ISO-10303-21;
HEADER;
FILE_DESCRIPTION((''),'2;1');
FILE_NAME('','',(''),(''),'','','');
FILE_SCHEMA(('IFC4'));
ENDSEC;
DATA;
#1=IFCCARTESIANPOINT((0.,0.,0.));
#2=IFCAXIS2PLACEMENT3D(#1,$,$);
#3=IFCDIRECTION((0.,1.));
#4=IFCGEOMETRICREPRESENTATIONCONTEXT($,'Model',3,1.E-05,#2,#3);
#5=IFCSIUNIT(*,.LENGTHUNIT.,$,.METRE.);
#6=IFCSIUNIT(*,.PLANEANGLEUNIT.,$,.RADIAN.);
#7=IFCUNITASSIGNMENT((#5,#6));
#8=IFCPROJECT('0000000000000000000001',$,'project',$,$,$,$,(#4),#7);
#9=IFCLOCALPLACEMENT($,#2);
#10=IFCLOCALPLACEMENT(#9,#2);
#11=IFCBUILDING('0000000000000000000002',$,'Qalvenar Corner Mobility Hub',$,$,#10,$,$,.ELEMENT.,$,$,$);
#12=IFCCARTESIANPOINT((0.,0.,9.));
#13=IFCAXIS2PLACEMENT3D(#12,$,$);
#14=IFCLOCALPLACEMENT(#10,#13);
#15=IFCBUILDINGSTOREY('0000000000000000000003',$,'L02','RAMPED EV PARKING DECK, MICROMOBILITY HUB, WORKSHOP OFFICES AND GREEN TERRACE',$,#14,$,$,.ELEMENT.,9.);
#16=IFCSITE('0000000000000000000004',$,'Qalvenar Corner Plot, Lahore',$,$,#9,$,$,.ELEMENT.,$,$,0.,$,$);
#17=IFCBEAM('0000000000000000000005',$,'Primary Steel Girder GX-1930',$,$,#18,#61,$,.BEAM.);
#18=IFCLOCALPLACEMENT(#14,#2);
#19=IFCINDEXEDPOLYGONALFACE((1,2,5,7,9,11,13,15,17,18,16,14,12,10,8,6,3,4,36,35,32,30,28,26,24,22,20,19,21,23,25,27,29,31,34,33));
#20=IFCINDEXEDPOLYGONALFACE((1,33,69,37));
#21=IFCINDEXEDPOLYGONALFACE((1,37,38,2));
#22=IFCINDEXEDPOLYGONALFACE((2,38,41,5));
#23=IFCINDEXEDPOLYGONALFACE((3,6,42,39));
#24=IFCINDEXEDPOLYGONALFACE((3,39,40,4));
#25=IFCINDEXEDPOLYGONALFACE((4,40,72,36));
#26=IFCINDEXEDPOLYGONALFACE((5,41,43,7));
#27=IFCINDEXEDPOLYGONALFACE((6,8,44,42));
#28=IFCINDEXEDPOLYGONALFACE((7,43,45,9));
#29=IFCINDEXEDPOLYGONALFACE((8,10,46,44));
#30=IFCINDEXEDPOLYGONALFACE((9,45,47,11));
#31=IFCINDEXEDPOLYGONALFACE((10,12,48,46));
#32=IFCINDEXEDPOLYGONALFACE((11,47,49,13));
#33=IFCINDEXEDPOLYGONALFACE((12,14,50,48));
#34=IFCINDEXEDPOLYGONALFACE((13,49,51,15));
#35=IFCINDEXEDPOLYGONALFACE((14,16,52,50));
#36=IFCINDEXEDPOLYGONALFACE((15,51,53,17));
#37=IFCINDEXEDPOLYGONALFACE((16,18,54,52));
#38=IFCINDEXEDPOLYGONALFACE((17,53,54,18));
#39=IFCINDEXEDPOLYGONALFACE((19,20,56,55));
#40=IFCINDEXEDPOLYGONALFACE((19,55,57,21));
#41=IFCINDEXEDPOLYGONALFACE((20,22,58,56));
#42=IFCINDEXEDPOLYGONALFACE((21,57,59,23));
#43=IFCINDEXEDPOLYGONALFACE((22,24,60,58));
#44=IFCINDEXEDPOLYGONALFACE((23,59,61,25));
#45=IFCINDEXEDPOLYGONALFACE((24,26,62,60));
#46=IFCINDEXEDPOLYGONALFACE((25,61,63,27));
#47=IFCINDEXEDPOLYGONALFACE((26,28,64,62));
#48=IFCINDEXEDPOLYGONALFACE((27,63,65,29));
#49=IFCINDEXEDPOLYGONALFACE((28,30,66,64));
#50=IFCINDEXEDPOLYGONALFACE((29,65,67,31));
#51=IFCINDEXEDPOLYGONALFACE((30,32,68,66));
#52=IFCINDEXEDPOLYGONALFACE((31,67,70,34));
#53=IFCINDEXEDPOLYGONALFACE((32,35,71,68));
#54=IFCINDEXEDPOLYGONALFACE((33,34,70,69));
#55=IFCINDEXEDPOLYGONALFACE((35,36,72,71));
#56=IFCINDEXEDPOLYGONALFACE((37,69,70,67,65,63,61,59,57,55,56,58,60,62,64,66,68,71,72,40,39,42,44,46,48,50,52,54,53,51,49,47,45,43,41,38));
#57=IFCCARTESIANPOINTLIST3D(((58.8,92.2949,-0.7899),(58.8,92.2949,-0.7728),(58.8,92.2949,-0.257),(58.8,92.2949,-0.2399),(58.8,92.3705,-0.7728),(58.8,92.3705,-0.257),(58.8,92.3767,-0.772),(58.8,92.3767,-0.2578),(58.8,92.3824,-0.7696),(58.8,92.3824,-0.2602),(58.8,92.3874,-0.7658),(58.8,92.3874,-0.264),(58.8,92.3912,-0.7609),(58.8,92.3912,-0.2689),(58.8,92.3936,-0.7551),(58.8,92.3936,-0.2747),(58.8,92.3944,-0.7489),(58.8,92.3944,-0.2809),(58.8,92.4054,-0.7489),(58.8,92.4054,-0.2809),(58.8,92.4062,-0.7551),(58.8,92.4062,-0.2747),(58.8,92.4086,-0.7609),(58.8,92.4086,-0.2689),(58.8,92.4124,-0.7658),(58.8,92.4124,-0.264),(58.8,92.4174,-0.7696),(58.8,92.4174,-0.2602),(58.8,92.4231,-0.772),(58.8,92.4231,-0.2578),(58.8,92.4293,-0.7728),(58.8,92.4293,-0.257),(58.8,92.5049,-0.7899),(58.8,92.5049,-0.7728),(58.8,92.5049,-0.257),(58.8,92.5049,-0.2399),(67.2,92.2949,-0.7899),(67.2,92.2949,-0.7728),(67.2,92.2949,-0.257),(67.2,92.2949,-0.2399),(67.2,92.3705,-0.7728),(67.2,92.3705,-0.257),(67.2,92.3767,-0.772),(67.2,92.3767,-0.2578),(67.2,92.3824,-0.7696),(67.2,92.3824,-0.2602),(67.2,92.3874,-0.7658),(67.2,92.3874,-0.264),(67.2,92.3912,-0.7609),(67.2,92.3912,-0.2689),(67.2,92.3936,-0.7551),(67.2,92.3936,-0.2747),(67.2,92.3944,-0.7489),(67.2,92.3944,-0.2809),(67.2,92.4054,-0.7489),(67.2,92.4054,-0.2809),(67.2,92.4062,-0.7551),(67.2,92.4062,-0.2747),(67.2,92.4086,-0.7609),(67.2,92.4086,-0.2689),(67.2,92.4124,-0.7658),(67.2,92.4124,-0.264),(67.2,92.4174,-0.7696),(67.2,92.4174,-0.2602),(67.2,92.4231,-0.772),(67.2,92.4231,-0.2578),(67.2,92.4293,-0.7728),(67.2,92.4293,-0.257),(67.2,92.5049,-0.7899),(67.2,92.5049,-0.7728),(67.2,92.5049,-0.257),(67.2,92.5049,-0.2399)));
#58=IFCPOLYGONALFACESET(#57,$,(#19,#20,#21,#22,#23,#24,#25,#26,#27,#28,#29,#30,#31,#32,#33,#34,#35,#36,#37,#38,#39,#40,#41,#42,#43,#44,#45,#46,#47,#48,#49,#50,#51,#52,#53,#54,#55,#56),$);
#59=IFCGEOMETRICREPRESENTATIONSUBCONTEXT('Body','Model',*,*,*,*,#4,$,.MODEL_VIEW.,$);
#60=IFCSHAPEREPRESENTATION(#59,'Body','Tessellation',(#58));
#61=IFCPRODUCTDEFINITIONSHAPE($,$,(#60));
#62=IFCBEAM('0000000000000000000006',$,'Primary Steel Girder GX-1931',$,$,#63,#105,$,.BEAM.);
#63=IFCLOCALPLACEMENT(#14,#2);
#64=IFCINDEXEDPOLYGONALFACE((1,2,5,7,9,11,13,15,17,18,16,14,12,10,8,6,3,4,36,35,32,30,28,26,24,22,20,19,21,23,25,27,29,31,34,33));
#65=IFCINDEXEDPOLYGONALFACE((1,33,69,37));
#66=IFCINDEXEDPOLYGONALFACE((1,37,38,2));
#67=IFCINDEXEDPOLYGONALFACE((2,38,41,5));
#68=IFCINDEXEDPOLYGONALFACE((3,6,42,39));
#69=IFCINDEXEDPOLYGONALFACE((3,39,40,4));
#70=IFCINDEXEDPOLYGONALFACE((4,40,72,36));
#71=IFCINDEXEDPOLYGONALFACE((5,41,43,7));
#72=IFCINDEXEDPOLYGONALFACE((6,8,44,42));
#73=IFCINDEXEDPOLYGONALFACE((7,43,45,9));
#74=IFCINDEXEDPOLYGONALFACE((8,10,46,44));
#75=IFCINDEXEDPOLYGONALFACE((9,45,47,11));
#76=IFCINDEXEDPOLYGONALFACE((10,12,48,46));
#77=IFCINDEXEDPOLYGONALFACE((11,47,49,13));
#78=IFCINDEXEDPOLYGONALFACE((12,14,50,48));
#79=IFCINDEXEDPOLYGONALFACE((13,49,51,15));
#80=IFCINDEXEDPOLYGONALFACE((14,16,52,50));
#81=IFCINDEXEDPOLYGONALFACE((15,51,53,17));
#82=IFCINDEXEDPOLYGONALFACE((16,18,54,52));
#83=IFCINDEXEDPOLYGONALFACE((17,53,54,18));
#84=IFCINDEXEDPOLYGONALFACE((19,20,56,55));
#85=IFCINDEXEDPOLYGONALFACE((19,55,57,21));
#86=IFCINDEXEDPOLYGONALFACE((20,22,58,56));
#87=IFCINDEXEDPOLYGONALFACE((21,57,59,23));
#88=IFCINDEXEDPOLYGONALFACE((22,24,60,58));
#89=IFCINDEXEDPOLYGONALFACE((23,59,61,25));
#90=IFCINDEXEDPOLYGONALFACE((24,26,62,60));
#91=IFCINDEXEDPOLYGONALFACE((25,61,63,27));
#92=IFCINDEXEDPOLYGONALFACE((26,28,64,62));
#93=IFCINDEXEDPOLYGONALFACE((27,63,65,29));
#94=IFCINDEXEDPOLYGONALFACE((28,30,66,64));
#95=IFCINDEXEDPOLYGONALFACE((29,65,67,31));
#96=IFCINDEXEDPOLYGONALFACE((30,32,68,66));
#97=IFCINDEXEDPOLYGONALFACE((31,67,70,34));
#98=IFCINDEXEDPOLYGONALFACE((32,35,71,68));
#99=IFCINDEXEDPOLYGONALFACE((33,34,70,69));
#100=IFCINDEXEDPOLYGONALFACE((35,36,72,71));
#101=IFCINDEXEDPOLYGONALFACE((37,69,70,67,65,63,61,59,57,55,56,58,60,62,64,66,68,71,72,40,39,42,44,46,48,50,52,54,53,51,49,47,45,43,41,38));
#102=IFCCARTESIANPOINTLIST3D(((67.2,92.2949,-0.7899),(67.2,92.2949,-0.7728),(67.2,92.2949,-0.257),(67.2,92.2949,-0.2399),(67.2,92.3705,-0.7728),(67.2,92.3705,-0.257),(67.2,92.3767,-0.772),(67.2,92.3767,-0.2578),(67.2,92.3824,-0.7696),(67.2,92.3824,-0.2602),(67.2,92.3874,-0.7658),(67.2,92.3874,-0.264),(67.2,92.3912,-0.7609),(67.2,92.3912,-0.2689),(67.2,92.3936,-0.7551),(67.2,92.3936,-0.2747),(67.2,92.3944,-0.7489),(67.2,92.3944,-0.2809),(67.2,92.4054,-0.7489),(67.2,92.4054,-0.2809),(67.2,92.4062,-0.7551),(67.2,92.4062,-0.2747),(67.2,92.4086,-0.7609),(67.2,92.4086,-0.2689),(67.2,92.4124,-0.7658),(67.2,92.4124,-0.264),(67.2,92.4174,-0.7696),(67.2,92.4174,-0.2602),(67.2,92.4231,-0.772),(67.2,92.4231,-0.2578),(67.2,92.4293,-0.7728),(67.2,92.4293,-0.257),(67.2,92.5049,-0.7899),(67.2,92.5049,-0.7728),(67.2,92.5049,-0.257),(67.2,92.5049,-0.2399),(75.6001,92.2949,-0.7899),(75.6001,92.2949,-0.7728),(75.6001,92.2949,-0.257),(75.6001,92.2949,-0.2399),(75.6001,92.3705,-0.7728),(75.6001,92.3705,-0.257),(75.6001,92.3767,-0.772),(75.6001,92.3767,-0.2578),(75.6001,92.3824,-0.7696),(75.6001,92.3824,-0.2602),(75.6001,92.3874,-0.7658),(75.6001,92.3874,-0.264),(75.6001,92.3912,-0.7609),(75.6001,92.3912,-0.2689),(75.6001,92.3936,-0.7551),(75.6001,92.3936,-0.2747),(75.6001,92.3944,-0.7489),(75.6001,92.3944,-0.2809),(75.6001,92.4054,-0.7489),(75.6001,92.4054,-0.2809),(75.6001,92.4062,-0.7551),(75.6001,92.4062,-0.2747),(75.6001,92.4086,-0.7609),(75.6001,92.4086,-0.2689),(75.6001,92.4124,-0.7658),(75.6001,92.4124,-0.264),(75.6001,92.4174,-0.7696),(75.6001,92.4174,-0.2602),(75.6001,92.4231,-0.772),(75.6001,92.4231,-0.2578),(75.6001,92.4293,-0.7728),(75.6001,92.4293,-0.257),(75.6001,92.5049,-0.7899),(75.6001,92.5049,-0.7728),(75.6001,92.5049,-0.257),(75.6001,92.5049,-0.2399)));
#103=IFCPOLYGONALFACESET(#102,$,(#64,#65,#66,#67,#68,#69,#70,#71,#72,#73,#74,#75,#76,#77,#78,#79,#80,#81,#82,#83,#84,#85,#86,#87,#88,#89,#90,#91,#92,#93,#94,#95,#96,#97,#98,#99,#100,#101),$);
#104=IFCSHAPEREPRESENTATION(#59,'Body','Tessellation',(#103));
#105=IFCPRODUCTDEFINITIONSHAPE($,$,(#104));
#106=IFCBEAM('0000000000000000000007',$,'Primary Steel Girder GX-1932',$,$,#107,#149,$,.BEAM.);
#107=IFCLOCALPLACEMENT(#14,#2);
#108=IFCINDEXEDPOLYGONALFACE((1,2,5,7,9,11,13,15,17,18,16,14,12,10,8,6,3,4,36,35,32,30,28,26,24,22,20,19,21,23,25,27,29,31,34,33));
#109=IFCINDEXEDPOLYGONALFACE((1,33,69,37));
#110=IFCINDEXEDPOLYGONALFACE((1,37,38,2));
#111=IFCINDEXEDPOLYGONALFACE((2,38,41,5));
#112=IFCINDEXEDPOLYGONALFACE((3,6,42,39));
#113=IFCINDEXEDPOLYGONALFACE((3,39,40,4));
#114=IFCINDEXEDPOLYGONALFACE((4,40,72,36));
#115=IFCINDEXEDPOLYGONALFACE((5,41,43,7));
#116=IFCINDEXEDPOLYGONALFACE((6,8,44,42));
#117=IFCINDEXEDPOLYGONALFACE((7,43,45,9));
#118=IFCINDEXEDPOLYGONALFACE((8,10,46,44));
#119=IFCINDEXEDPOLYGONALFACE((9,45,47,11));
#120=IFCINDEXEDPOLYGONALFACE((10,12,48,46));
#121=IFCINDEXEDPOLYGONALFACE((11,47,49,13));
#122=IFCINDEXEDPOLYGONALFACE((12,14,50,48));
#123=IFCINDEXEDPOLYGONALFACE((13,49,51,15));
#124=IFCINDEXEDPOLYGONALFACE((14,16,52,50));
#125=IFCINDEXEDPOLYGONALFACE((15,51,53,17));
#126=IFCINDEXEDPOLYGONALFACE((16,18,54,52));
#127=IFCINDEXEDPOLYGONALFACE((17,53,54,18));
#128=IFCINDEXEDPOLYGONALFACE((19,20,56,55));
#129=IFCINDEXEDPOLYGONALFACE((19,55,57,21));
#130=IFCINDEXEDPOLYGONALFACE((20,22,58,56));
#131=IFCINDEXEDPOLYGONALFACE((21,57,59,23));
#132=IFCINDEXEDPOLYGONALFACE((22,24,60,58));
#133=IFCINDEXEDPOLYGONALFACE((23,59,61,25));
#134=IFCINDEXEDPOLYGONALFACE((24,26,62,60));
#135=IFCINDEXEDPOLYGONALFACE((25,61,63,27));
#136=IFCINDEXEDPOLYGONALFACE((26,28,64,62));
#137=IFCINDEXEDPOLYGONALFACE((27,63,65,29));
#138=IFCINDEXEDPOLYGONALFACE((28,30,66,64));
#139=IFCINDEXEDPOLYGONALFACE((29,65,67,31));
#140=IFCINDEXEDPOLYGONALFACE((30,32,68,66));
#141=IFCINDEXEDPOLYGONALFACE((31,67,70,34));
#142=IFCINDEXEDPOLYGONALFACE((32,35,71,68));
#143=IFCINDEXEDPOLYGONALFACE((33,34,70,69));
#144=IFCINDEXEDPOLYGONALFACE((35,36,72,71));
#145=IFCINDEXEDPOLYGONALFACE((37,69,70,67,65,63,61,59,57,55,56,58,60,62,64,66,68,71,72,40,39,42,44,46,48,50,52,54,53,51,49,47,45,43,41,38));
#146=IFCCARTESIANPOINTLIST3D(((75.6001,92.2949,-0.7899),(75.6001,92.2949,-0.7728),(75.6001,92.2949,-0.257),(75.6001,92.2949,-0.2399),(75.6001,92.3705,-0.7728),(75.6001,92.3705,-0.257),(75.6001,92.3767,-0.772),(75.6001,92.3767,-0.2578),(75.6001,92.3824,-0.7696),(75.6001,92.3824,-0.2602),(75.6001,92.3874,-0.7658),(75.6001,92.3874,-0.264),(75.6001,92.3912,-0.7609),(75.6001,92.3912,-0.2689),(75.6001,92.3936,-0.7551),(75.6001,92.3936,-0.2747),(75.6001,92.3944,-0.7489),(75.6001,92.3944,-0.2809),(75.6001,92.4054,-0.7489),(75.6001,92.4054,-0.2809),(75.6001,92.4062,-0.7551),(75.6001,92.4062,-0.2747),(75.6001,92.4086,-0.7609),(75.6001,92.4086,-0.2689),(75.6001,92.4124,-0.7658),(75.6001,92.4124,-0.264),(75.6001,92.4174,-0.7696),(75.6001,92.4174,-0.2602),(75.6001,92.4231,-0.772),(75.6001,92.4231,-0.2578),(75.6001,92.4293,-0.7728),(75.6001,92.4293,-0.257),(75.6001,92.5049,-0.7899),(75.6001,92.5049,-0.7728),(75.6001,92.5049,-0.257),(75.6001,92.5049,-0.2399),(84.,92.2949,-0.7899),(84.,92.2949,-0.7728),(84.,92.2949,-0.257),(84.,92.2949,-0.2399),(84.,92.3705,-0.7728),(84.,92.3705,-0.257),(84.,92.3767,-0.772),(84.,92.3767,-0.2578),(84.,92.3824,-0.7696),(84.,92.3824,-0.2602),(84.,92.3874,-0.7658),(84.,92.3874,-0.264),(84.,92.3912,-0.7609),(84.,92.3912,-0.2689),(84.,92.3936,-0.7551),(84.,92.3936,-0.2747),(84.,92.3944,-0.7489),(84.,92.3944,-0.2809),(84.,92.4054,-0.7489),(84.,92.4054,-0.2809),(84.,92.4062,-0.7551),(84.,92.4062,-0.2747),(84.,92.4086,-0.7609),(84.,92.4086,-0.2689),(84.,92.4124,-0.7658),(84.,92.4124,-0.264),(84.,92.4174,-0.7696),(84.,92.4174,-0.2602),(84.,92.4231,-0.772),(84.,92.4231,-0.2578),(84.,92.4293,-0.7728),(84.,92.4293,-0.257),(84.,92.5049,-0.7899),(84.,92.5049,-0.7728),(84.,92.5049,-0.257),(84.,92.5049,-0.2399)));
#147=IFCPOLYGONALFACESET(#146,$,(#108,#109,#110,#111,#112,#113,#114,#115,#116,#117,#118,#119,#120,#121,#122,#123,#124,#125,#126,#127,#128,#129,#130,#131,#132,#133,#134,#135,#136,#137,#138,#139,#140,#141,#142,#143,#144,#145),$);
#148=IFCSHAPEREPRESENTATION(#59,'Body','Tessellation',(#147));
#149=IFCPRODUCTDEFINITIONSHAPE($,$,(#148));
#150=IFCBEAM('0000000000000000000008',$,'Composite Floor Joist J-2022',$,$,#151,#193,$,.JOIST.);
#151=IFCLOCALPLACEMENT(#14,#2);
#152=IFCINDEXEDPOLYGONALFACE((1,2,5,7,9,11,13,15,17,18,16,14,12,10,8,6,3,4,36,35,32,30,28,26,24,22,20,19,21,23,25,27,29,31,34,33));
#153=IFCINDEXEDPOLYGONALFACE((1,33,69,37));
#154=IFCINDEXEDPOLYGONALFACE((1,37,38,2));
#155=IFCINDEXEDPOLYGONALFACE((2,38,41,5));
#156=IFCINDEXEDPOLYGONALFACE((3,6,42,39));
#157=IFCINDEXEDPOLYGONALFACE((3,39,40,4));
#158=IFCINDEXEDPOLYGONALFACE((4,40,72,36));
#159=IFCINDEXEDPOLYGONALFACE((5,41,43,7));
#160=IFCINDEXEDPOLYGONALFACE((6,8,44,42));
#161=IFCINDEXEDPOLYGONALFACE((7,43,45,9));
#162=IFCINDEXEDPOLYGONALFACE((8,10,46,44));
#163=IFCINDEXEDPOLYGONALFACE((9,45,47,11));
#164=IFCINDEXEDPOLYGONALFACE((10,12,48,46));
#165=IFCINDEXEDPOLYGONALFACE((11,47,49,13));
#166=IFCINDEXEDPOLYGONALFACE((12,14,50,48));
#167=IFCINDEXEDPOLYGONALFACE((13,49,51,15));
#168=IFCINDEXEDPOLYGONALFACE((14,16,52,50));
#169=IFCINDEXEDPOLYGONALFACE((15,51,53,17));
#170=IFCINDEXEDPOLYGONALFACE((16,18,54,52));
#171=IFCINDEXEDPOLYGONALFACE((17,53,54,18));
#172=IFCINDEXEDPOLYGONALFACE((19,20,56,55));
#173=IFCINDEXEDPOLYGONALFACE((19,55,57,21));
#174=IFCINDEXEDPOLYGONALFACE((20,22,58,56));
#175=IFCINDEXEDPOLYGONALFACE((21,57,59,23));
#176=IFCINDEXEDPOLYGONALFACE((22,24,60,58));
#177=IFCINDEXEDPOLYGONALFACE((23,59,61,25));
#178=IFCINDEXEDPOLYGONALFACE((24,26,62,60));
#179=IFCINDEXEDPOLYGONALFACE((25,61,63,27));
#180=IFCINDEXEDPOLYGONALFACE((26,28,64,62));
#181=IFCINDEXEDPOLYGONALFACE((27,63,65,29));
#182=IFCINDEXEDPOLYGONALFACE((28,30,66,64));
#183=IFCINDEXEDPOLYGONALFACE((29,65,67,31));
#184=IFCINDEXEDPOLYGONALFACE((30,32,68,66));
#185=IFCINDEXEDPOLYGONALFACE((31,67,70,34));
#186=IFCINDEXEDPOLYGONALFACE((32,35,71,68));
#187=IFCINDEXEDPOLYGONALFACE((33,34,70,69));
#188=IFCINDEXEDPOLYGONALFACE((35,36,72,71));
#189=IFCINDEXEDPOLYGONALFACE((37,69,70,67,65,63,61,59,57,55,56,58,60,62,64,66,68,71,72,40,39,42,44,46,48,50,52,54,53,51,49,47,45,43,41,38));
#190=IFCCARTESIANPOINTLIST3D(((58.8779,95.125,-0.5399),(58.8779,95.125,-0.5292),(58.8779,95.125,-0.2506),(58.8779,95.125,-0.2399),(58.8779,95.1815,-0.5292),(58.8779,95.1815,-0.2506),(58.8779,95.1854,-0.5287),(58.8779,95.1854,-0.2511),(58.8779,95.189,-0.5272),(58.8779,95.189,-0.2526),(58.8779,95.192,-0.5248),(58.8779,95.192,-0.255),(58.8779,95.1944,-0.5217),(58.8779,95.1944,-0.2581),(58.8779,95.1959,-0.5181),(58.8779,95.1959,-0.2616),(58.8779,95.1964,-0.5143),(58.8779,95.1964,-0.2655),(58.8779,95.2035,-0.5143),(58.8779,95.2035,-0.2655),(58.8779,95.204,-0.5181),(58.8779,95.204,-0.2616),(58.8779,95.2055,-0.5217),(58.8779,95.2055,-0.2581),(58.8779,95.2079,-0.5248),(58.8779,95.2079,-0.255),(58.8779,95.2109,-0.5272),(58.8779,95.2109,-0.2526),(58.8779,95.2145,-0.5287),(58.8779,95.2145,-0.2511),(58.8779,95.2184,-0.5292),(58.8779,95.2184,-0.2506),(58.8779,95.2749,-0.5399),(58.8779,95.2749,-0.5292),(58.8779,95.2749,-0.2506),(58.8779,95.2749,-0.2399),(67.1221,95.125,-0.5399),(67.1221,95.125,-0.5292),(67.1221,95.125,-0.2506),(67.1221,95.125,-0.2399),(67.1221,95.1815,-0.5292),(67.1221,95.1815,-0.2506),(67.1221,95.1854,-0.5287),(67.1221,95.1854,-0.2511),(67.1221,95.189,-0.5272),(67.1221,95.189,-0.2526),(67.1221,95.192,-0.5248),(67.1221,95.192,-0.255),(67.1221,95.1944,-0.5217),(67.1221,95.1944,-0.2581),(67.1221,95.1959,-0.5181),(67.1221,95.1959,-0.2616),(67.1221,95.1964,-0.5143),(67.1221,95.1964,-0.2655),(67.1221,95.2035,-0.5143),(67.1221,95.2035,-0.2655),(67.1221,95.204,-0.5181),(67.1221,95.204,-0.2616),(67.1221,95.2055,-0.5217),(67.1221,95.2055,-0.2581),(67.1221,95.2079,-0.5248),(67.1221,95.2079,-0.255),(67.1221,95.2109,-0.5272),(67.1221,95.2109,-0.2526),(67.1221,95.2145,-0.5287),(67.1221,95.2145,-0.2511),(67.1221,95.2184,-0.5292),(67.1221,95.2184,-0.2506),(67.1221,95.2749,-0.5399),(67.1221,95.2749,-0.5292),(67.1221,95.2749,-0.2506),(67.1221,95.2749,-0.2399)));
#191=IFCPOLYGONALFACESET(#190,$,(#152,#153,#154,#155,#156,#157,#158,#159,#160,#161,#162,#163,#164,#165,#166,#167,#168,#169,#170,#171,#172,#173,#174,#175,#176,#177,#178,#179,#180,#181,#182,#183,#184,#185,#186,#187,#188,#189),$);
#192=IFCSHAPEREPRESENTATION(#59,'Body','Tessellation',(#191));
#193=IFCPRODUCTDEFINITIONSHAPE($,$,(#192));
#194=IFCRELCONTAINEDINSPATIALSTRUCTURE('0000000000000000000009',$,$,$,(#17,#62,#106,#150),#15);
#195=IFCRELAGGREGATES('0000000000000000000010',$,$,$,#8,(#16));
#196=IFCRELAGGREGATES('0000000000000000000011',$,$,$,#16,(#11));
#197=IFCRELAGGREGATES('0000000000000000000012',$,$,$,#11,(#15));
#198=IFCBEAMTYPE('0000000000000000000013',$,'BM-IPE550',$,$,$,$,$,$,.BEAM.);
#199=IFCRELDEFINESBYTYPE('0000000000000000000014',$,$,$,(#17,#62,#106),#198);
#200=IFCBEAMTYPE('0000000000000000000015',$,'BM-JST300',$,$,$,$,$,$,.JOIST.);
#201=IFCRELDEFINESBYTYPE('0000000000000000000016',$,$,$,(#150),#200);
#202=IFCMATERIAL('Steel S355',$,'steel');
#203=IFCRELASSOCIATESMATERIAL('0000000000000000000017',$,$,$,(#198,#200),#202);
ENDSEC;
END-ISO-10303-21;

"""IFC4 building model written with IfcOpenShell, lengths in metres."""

from ifc_helpers import new_model, si_unit, direction, frame, origin, origin_2d, place, context, subcontext, project, spatial, i_section, extrude, material, material_profile, profile_set, type_object, element, save


model = new_model("IFC4")

# Units and contexts
model_context = context("Model", 3, precision=1e-05, world=origin(), true_north=direction((0.0, 1.0)))
body_context = subcontext(model_context, "Body", "Model", "MODEL_VIEW")
ifc_project = project(units=[si_unit("LENGTHUNIT", "METRE"), si_unit("PLANEANGLEUNIT", "RADIAN")], contexts=[model_context])

# Site, building, storey
site_placement = place(None, origin())
site = spatial("IfcSite", under=ifc_project, at=site_placement, Name="Qalvenar Corner Plot, Lahore", CompositionType="ELEMENT", RefElevation=0.0)
building_placement = place(site_placement, origin())
building = spatial("IfcBuilding", under=site, at=building_placement, Name="Qalvenar Corner Mobility Hub", CompositionType="ELEMENT")
storey_placement = place(building_placement, frame((0.0, 0.0, 9.0)))
storey = spatial("IfcBuildingStorey", under=building, at=storey_placement, Name="L02", Description="RAMPED EV PARKING DECK, MICROMOBILITY HUB, WORKSHOP OFFICES AND GREEN TERRACE", CompositionType="ELEMENT", Elevation=9.0)

# Shared definitions
ifc_material_1 = material(Name="Steel S355", Category="steel")

# Beams
ifc_material_profile_1 = material_profile(ifc_material_1, i_section(OverallWidth=0.21, OverallDepth=0.55, WebThickness=0.011, FlangeThickness=0.0171, FilletRadius=0.0239, at=origin_2d()), Name="IPE550")
ifc_profile_set_1 = profile_set([ifc_material_profile_1], Name="Steel S355")
beam_type_1 = type_object("IfcBeamType", Name="BM-IPE550", PredefinedType="BEAM", material=ifc_profile_set_1)
for number, where, z_axis, x_axis, name in (
    (1, (58.8, 92.3999, -0.5149), (1.0, 0.0, 0.0), (0.0, 1.0, 0.0), "Primary Steel Girder GX-1930"),
):
    element("IfcBeam", number, at=place(storey_placement, frame(where, z_axis=z_axis, x_axis=x_axis)), inside=storey, type_object=beam_type_1, Name=name, PredefinedType="BEAM", context=body_context, shape_type="SweptSolid", body=[
        extrude(i_section(OverallWidth=0.21, OverallDepth=0.55, WebThickness=0.011, FlangeThickness=0.0171, FilletRadius=0.0239, at=origin_2d()), origin(), (0.0, 0.0, 1.0), 8.3999),
    ])
beam_1_placement = place(storey_placement, frame((67.2, 92.3999, -0.5149), z_axis=(1.0, 0.0, 0.0), x_axis=(0.0, 1.0, 0.0)))
element("IfcBeam", 2, at=beam_1_placement, inside=storey, type_object=beam_type_1, Name="Primary Steel Girder GX-1931", PredefinedType="BEAM", context=body_context, shape_type="SweptSolid", body=[
    extrude(i_section(OverallWidth=0.21, OverallDepth=0.55, WebThickness=0.011, FlangeThickness=0.0171, FilletRadius=0.0239, at=origin_2d()), origin(), (0.0, 0.0, 1.0), 8.4001),
])
beam_2_placement = place(storey_placement, frame((75.6001, 92.3999, -0.5149), z_axis=(1.0, 0.0, 0.0), x_axis=(0.0, 1.0, 0.0)))
element("IfcBeam", 3, at=beam_2_placement, inside=storey, type_object=beam_type_1, Name="Primary Steel Girder GX-1932", PredefinedType="BEAM", context=body_context, shape_type="SweptSolid", body=[
    extrude(i_section(OverallWidth=0.21, OverallDepth=0.55, WebThickness=0.011, FlangeThickness=0.0171, FilletRadius=0.0239, at=origin_2d()), origin(), (0.0, 0.0, 1.0), 8.3999),
])
ifc_material_profile_2 = material_profile(ifc_material_1, i_section(OverallWidth=0.1499, OverallDepth=0.3, WebThickness=0.0071, FlangeThickness=0.0107, FilletRadius=0.0149, at=origin_2d()), Name="IPE300")
ifc_profile_set_2 = profile_set([ifc_material_profile_2], Name="Steel S355")
beam_type_2 = type_object("IfcBeamType", Name="BM-JST300", PredefinedType="JOIST", material=ifc_profile_set_2)
for number, where, z_axis, x_axis, name in (
    (4, (58.8779, 95.2, -0.3899), (1.0, 0.0, 0.0), (0.0, 1.0, 0.0), "Composite Floor Joist J-2022"),
):
    element("IfcBeam", number, at=place(storey_placement, frame(where, z_axis=z_axis, x_axis=x_axis)), inside=storey, type_object=beam_type_2, Name=name, PredefinedType="JOIST", context=body_context, shape_type="SweptSolid", body=[
        extrude(i_section(OverallWidth=0.1499, OverallDepth=0.3, WebThickness=0.0071, FlangeThickness=0.0107, FilletRadius=0.0149, at=origin_2d()), origin(), (0.0, 0.0, 1.0), 8.2441),
    ])

save(model, "model.ifc")
